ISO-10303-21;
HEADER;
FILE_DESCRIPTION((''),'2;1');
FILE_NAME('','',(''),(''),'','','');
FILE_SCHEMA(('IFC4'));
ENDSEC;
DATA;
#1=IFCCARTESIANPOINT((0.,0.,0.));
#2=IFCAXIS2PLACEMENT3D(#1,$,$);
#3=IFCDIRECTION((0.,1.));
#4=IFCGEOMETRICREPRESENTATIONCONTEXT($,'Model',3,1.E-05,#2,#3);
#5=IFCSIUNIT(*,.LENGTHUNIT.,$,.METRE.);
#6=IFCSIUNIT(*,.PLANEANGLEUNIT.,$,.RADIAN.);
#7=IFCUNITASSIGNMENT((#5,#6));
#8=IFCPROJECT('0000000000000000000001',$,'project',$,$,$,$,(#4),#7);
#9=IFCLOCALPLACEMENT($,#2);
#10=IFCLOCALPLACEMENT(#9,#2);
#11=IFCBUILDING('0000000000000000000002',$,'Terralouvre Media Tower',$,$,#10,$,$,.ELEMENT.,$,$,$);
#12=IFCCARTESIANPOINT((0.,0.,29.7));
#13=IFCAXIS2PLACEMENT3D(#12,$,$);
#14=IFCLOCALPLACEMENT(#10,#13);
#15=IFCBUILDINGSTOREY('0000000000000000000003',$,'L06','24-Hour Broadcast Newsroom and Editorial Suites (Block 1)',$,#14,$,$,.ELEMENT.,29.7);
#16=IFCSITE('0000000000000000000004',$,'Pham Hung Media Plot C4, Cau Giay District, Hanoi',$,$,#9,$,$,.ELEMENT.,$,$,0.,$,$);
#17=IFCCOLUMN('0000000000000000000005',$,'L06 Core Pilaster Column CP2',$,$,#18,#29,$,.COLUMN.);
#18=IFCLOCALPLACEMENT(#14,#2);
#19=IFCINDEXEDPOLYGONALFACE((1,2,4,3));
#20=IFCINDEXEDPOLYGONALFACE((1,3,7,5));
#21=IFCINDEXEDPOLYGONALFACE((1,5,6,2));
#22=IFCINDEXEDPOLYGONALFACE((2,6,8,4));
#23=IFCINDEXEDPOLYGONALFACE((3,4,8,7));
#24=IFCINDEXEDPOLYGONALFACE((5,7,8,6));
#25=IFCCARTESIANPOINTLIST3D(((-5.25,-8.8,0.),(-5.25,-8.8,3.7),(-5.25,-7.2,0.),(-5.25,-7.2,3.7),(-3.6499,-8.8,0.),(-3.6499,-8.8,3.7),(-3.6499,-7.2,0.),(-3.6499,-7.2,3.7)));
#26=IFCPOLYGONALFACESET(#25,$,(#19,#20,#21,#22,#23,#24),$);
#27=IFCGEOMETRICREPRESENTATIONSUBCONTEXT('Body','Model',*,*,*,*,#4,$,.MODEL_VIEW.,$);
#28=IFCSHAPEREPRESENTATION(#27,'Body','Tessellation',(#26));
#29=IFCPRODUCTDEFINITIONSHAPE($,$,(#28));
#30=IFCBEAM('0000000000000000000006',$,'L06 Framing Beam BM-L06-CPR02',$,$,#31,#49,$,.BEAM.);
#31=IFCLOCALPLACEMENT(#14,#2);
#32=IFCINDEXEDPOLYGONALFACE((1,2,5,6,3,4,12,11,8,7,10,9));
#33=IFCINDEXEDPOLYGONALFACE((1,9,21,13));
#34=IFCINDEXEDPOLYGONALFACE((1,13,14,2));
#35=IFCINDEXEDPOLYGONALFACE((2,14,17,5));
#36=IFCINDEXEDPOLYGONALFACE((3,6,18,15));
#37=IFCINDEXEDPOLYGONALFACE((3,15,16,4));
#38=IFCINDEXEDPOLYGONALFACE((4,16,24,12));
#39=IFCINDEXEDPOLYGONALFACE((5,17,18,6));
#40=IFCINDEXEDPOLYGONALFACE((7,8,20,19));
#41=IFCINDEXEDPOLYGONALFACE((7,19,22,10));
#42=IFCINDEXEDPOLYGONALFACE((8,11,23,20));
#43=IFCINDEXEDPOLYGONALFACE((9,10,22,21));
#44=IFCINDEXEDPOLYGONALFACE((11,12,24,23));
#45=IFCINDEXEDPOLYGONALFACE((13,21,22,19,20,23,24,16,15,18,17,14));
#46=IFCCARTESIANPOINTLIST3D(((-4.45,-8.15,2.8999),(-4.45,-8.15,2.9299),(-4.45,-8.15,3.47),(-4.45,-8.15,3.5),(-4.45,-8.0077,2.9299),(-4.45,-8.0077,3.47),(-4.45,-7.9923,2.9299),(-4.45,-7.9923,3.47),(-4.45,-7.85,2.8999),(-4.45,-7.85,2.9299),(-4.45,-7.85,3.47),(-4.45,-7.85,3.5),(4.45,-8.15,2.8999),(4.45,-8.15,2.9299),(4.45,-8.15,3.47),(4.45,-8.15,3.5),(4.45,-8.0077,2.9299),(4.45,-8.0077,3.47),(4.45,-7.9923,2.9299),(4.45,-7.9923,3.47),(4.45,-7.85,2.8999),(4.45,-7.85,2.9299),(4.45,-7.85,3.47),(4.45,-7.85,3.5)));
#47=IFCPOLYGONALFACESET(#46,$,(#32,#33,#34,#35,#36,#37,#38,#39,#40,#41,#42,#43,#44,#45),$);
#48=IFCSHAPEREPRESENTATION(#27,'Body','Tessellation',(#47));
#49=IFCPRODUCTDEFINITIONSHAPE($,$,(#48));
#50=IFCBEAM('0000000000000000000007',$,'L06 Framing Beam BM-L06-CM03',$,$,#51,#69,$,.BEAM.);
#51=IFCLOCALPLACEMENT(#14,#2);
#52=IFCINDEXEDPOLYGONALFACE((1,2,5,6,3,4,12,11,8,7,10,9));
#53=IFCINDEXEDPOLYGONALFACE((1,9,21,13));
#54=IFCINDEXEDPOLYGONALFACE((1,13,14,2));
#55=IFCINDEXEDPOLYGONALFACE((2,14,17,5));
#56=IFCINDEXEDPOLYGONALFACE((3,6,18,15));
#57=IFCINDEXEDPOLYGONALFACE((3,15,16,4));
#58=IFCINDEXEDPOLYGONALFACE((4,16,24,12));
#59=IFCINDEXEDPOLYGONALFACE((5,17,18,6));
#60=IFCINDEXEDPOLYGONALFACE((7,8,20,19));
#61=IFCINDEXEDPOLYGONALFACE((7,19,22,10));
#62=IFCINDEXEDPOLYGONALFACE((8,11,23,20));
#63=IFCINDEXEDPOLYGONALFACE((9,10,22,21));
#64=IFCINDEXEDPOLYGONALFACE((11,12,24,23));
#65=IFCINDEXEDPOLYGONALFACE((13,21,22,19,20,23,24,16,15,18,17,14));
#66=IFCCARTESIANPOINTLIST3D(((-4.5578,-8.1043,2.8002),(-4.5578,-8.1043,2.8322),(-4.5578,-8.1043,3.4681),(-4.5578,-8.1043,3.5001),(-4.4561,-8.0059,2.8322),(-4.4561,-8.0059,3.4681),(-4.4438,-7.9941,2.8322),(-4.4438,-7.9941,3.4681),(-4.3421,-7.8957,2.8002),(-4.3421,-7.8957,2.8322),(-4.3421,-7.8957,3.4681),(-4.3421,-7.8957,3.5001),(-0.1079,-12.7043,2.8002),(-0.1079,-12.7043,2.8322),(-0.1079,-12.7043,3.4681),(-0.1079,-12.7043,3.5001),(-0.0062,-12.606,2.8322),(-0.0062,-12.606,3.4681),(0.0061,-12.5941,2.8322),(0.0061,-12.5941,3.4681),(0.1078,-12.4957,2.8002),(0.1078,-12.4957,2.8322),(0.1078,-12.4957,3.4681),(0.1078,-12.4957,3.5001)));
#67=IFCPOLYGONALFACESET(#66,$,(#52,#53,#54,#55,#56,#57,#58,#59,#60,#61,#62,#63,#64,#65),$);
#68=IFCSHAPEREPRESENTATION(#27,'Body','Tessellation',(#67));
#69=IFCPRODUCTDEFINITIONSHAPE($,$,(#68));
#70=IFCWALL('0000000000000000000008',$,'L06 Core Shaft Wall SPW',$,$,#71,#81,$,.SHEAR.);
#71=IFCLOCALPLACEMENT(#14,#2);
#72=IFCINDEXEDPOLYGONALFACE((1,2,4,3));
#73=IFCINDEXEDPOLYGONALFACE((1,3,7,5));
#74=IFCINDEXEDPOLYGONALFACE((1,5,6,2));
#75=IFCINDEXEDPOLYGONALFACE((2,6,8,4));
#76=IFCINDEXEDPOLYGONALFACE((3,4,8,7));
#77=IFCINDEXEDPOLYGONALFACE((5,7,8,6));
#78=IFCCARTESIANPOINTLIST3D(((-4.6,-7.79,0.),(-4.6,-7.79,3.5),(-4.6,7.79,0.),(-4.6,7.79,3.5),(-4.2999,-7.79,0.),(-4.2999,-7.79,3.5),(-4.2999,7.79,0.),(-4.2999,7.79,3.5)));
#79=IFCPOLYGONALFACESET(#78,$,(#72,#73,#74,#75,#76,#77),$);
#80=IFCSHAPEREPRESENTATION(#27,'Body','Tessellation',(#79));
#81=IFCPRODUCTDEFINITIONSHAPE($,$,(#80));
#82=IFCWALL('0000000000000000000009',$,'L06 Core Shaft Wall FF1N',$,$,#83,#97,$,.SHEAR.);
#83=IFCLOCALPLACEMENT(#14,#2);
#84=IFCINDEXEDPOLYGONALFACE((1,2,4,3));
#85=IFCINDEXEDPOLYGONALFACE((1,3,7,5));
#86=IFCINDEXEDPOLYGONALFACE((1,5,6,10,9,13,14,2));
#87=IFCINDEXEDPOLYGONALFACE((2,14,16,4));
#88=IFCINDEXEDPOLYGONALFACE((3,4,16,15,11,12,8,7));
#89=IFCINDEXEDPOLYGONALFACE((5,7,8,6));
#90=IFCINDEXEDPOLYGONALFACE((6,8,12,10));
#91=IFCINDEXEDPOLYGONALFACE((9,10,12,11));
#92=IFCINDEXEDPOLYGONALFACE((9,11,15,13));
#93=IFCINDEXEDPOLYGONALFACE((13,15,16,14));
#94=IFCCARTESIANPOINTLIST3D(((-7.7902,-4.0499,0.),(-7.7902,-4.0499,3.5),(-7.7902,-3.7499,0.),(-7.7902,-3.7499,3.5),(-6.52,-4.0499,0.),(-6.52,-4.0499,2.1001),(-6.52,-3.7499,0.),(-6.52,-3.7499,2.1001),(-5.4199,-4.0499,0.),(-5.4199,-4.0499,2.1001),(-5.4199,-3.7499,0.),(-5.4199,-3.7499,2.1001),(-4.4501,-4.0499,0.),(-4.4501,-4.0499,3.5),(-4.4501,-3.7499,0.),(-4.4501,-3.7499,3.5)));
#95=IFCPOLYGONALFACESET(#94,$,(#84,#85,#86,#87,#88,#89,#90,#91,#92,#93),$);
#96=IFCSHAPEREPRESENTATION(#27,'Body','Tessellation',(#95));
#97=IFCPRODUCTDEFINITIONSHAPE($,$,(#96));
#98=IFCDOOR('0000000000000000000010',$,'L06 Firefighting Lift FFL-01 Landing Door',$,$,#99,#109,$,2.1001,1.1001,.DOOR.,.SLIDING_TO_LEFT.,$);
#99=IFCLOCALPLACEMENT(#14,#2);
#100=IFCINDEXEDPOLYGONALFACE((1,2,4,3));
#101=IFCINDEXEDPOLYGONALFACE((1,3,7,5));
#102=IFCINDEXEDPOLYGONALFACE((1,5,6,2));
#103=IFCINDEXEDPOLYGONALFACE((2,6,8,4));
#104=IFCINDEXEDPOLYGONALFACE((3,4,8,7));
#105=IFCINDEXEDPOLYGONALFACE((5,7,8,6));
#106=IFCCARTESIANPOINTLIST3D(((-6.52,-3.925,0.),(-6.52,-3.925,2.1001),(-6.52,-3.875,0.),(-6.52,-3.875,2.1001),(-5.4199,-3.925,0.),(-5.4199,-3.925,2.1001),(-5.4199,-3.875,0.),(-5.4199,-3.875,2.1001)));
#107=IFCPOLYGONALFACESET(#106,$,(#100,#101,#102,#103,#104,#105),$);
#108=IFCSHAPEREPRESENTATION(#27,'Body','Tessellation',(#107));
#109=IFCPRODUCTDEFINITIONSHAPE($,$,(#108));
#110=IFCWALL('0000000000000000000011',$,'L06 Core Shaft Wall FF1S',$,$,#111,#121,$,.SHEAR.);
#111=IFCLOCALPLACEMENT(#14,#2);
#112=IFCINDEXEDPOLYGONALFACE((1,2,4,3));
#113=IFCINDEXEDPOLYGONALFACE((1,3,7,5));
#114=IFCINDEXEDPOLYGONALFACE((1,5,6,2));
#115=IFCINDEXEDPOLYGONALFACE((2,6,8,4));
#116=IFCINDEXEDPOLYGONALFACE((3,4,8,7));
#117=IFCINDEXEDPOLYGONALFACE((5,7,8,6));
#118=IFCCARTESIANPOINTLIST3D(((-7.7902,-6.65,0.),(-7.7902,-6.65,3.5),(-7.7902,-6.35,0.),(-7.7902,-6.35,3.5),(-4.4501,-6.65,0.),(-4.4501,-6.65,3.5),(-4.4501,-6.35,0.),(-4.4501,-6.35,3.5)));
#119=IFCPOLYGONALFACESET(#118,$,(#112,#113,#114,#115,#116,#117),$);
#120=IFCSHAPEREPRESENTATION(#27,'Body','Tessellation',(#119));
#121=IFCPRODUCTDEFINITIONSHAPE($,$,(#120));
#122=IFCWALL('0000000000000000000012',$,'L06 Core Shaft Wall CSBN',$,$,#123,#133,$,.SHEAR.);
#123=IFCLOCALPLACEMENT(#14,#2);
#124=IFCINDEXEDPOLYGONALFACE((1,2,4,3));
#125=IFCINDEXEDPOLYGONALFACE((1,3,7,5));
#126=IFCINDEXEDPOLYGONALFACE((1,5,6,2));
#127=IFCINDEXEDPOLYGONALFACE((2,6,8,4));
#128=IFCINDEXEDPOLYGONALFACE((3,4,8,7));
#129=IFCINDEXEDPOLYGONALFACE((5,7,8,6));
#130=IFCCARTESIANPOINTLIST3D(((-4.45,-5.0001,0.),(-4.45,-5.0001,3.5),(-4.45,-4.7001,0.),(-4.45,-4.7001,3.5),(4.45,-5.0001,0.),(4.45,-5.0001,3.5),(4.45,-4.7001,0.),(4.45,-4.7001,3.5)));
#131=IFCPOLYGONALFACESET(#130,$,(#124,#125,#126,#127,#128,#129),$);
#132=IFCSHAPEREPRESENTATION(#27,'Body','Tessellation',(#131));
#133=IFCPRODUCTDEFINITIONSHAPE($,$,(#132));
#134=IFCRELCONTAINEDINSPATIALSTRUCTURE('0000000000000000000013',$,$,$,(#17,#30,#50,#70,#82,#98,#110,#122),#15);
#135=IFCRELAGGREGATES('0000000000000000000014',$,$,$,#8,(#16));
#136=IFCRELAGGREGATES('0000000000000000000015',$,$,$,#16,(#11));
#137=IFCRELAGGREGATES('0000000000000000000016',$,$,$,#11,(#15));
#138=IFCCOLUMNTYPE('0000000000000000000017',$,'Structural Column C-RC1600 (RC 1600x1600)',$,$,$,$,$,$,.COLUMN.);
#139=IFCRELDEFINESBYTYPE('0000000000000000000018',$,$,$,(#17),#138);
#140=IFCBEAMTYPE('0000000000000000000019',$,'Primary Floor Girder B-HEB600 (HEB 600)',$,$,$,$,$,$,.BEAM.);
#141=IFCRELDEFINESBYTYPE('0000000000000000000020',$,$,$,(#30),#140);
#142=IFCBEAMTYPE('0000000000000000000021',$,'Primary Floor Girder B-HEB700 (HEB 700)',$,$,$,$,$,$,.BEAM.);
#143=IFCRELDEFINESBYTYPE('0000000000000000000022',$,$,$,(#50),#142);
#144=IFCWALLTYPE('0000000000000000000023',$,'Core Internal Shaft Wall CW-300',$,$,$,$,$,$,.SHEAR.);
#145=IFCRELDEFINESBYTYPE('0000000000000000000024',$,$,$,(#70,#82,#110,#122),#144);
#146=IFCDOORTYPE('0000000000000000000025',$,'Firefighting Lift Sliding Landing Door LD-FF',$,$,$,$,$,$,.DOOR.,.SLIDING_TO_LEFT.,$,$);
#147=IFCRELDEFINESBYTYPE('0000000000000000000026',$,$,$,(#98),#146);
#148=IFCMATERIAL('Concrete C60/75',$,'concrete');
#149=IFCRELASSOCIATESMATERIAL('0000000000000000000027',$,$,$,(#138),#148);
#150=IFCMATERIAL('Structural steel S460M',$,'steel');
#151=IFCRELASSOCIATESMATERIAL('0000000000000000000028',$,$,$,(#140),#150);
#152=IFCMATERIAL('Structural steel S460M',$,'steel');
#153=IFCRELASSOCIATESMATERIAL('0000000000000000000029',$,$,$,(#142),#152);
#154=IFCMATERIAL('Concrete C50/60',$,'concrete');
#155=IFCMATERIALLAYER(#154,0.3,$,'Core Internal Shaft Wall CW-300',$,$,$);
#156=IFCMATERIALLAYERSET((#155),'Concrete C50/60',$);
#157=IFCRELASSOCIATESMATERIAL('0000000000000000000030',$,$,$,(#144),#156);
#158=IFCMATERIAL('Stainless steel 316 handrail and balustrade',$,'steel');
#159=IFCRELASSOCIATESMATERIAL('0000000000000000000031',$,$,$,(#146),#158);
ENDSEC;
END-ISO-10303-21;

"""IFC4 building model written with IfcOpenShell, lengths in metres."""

from ifc_helpers import new_model, si_unit, direction, frame, frame_2d, origin, origin_2d, place, context, subcontext, project, spatial, rectangle, i_section, extrude, material, layer, layer_set, material_profile, profile_set, type_object, element, fill, save


model = new_model("IFC4")

# Units and contexts
model_context = context("Model", 3, precision=1e-05, world=origin(), true_north=direction((0.0, 1.0)))
body_context = subcontext(model_context, "Body", "Model", "MODEL_VIEW")
ifc_project = project(units=[si_unit("LENGTHUNIT", "METRE"), si_unit("PLANEANGLEUNIT", "RADIAN")], contexts=[model_context])

# Site, building, storey
site_placement = place(None, origin())
site = spatial("IfcSite", under=ifc_project, at=site_placement, Name="Pham Hung Media Plot C4, Cau Giay District, Hanoi", CompositionType="ELEMENT", RefElevation=0.0)
building_placement = place(site_placement, origin())
building = spatial("IfcBuilding", under=site, at=building_placement, Name="Terralouvre Media Tower", CompositionType="ELEMENT")
storey_placement = place(building_placement, frame((0.0, 0.0, 29.7)))
storey = spatial("IfcBuildingStorey", under=building, at=storey_placement, Name="L06", Description="24-Hour Broadcast Newsroom and Editorial Suites (Block 1)", CompositionType="ELEMENT", Elevation=29.7)

# Column
ifc_material_1 = material(Name="Concrete C60/75", Category="concrete")
ifc_material_profile_1 = material_profile(ifc_material_1, rectangle(XDim=1.6001, YDim=1.6001, at=origin_2d()), Name="RC 1600x1600")
ifc_profile_set_1 = profile_set([ifc_material_profile_1], Name="Concrete C60/75")
column_type = type_object("IfcColumnType", Name="Structural Column C-RC1600 (RC 1600x1600)", PredefinedType="COLUMN", material=ifc_profile_set_1)
column_placement = place(storey_placement, frame((-4.45, -8.0, 0.0), z_axis=(0.0, 0.0, 1.0), x_axis=(1.0, 0.0, 0.0)))
element("IfcColumn", 1, at=column_placement, inside=storey, type_object=column_type, Name="L06 Core Pilaster Column CP2", PredefinedType="COLUMN", context=body_context, shape_type="SweptSolid", body=[
    extrude(rectangle(XDim=1.6001, YDim=1.6001, at=origin_2d()), origin(), (0.0, 0.0, 1.0), 3.7),
])

# Beams
ifc_material_2 = material(Name="Structural steel S460M", Category="steel")
ifc_material_profile_2 = material_profile(ifc_material_2, i_section(OverallWidth=0.3, OverallDepth=0.6001, WebThickness=0.0154, FlangeThickness=0.03, at=origin_2d()), Name="HEB 600")
ifc_profile_set_2 = profile_set([ifc_material_profile_2], Name="Structural steel S460M")
beam_type_1 = type_object("IfcBeamType", Name="Primary Floor Girder B-HEB600 (HEB 600)", PredefinedType="BEAM", material=ifc_profile_set_2)
beam_1_placement = place(storey_placement, frame((-4.45, -8.0, 3.2), z_axis=(1.0, 0.0, 0.0), x_axis=(0.0, 1.0, 0.0)))
element("IfcBeam", 2, at=beam_1_placement, inside=storey, type_object=beam_type_1, Name="L06 Framing Beam BM-L06-CPR02", PredefinedType="BEAM", context=body_context, shape_type="SweptSolid", body=[
    extrude(i_section(OverallWidth=0.3, OverallDepth=0.6001, WebThickness=0.0154, FlangeThickness=0.03, at=origin_2d()), origin(), (0.0, 0.0, 1.0), 8.8999),
])
ifc_material_3 = material(Name="Structural steel S460M", Category="steel")
ifc_material_profile_3 = material_profile(ifc_material_3, i_section(OverallWidth=0.3, OverallDepth=0.7, WebThickness=0.0171, FlangeThickness=0.032, at=origin_2d()), Name="HEB 700")
ifc_profile_set_3 = profile_set([ifc_material_profile_3], Name="Structural steel S460M")
beam_type_2 = type_object("IfcBeamType", Name="Primary Floor Girder B-HEB700 (HEB 700)", PredefinedType="BEAM", material=ifc_profile_set_3)
beam_2_placement = place(storey_placement, frame((-4.45, -8.0, 3.1501), z_axis=(0.69528, -0.718739, 0.0), x_axis=(0.718739, 0.69528, 0.0)))
element("IfcBeam", 3, at=beam_2_placement, inside=storey, type_object=beam_type_2, Name="L06 Framing Beam BM-L06-CM03", PredefinedType="BEAM", context=body_context, shape_type="SweptSolid", body=[
    extrude(i_section(OverallWidth=0.3, OverallDepth=0.7, WebThickness=0.0171, FlangeThickness=0.032, at=origin_2d()), origin(), (0.0, 0.0, 1.0), 6.4001),
])

# Wall
ifc_material_4 = material(Name="Concrete C50/60", Category="concrete")
ifc_layer_1 = layer(ifc_material_4, 0.3, Name="Core Internal Shaft Wall CW-300")
ifc_layer_set_1 = layer_set([ifc_layer_1], Name="Concrete C50/60")
wall_type_1 = type_object("IfcWallType", Name="Core Internal Shaft Wall CW-300", PredefinedType="SHEAR", material=ifc_layer_set_1)
wall_1_placement = place(storey_placement, frame((-4.45, -7.79, 0.0), z_axis=(0.0, 0.0, 1.0), x_axis=(0.0, 1.0, 0.0)))
element("IfcWall", 4, at=wall_1_placement, inside=storey, type_object=wall_type_1, Name="L06 Core Shaft Wall SPW", PredefinedType="SHEAR", context=body_context, shape_type="SweptSolid", body=[
    extrude(rectangle(XDim=15.5801, YDim=0.3, at=frame_2d((7.79, 0.0))), origin(), (0.0, 0.0, 1.0), 3.5),
])

# Wall, opening, door
wall_2_placement = place(storey_placement, frame((-7.79, -3.8999, 0.0), z_axis=(0.0, 0.0, 1.0), x_axis=(1.0, 0.0, 0.0)))
wall_2 = element("IfcWall", 5, at=wall_2_placement, inside=storey, type_object=wall_type_1, Name="L06 Core Shaft Wall FF1N", PredefinedType="SHEAR", context=body_context, shape_type="SweptSolid", body=[
    extrude(rectangle(XDim=3.3401, YDim=0.3, at=frame_2d((1.6699, 0.0))), origin(), (0.0, 0.0, 1.0), 3.5),
])
opening_1_placement = place(wall_2_placement, frame((1.27, 0.0, 0.0)))
opening_1 = element("IfcOpeningElement", 6, at=opening_1_placement, cuts=wall_2, PredefinedType="OPENING", context=body_context, shape_type="SweptSolid", body=[
    extrude(rectangle(XDim=1.1001, YDim=2.1001, at=frame_2d((0.55, 1.05))), frame((0.0, 0.1599, 0.0), z_axis=(0.0, -1.0, 0.0), x_axis=(1.0, 0.0, 0.0)), (0.0, 0.0, 1.0), 0.3201),
])
ifc_material_5 = material(Name="Stainless steel 316 handrail and balustrade", Category="steel")
door_type_1 = type_object("IfcDoorType", Name="Firefighting Lift Sliding Landing Door LD-FF", OperationType="SLIDING_TO_LEFT", PredefinedType="DOOR", material=ifc_material_5)
door_1_placement = place(opening_1_placement, origin())
door_1 = element("IfcDoor", 7, at=door_1_placement, inside=storey, type_object=door_type_1, Name="L06 Firefighting Lift FFL-01 Landing Door", OperationType="SLIDING_TO_LEFT", OverallHeight=2.1001, OverallWidth=1.1001, PredefinedType="DOOR", context=body_context, shape_type="SweptSolid", body=[
    extrude(rectangle(XDim=1.1001, YDim=2.1001, at=frame_2d((0.55, 1.05))), frame((0.0, 0.0249, 0.0), z_axis=(0.0, -1.0, 0.0), x_axis=(1.0, 0.0, 0.0)), (0.0, 0.0, 1.0), 0.05),
])
fill(opening_1, door_1)

# Walls
wall_3_placement = place(storey_placement, frame((-7.79, -6.5, 0.0), z_axis=(0.0, 0.0, 1.0), x_axis=(1.0, 0.0, 0.0)))
element("IfcWall", 8, at=wall_3_placement, inside=storey, type_object=wall_type_1, Name="L06 Core Shaft Wall FF1S", PredefinedType="SHEAR", context=body_context, shape_type="SweptSolid", body=[
    extrude(rectangle(XDim=3.3401, YDim=0.3, at=frame_2d((1.6699, 0.0))), origin(), (0.0, 0.0, 1.0), 3.5),
])
wall_4_placement = place(storey_placement, frame((-4.45, -4.8501, 0.0), z_axis=(0.0, 0.0, 1.0), x_axis=(1.0, 0.0, 0.0)))
element("IfcWall", 9, at=wall_4_placement, inside=storey, type_object=wall_type_1, Name="L06 Core Shaft Wall CSBN", PredefinedType="SHEAR", context=body_context, shape_type="SweptSolid", body=[
    extrude(rectangle(XDim=8.8999, YDim=0.3, at=frame_2d((4.45, 0.0))), origin(), (0.0, 0.0, 1.0), 3.5),
])

save(model, "model.ifc")
